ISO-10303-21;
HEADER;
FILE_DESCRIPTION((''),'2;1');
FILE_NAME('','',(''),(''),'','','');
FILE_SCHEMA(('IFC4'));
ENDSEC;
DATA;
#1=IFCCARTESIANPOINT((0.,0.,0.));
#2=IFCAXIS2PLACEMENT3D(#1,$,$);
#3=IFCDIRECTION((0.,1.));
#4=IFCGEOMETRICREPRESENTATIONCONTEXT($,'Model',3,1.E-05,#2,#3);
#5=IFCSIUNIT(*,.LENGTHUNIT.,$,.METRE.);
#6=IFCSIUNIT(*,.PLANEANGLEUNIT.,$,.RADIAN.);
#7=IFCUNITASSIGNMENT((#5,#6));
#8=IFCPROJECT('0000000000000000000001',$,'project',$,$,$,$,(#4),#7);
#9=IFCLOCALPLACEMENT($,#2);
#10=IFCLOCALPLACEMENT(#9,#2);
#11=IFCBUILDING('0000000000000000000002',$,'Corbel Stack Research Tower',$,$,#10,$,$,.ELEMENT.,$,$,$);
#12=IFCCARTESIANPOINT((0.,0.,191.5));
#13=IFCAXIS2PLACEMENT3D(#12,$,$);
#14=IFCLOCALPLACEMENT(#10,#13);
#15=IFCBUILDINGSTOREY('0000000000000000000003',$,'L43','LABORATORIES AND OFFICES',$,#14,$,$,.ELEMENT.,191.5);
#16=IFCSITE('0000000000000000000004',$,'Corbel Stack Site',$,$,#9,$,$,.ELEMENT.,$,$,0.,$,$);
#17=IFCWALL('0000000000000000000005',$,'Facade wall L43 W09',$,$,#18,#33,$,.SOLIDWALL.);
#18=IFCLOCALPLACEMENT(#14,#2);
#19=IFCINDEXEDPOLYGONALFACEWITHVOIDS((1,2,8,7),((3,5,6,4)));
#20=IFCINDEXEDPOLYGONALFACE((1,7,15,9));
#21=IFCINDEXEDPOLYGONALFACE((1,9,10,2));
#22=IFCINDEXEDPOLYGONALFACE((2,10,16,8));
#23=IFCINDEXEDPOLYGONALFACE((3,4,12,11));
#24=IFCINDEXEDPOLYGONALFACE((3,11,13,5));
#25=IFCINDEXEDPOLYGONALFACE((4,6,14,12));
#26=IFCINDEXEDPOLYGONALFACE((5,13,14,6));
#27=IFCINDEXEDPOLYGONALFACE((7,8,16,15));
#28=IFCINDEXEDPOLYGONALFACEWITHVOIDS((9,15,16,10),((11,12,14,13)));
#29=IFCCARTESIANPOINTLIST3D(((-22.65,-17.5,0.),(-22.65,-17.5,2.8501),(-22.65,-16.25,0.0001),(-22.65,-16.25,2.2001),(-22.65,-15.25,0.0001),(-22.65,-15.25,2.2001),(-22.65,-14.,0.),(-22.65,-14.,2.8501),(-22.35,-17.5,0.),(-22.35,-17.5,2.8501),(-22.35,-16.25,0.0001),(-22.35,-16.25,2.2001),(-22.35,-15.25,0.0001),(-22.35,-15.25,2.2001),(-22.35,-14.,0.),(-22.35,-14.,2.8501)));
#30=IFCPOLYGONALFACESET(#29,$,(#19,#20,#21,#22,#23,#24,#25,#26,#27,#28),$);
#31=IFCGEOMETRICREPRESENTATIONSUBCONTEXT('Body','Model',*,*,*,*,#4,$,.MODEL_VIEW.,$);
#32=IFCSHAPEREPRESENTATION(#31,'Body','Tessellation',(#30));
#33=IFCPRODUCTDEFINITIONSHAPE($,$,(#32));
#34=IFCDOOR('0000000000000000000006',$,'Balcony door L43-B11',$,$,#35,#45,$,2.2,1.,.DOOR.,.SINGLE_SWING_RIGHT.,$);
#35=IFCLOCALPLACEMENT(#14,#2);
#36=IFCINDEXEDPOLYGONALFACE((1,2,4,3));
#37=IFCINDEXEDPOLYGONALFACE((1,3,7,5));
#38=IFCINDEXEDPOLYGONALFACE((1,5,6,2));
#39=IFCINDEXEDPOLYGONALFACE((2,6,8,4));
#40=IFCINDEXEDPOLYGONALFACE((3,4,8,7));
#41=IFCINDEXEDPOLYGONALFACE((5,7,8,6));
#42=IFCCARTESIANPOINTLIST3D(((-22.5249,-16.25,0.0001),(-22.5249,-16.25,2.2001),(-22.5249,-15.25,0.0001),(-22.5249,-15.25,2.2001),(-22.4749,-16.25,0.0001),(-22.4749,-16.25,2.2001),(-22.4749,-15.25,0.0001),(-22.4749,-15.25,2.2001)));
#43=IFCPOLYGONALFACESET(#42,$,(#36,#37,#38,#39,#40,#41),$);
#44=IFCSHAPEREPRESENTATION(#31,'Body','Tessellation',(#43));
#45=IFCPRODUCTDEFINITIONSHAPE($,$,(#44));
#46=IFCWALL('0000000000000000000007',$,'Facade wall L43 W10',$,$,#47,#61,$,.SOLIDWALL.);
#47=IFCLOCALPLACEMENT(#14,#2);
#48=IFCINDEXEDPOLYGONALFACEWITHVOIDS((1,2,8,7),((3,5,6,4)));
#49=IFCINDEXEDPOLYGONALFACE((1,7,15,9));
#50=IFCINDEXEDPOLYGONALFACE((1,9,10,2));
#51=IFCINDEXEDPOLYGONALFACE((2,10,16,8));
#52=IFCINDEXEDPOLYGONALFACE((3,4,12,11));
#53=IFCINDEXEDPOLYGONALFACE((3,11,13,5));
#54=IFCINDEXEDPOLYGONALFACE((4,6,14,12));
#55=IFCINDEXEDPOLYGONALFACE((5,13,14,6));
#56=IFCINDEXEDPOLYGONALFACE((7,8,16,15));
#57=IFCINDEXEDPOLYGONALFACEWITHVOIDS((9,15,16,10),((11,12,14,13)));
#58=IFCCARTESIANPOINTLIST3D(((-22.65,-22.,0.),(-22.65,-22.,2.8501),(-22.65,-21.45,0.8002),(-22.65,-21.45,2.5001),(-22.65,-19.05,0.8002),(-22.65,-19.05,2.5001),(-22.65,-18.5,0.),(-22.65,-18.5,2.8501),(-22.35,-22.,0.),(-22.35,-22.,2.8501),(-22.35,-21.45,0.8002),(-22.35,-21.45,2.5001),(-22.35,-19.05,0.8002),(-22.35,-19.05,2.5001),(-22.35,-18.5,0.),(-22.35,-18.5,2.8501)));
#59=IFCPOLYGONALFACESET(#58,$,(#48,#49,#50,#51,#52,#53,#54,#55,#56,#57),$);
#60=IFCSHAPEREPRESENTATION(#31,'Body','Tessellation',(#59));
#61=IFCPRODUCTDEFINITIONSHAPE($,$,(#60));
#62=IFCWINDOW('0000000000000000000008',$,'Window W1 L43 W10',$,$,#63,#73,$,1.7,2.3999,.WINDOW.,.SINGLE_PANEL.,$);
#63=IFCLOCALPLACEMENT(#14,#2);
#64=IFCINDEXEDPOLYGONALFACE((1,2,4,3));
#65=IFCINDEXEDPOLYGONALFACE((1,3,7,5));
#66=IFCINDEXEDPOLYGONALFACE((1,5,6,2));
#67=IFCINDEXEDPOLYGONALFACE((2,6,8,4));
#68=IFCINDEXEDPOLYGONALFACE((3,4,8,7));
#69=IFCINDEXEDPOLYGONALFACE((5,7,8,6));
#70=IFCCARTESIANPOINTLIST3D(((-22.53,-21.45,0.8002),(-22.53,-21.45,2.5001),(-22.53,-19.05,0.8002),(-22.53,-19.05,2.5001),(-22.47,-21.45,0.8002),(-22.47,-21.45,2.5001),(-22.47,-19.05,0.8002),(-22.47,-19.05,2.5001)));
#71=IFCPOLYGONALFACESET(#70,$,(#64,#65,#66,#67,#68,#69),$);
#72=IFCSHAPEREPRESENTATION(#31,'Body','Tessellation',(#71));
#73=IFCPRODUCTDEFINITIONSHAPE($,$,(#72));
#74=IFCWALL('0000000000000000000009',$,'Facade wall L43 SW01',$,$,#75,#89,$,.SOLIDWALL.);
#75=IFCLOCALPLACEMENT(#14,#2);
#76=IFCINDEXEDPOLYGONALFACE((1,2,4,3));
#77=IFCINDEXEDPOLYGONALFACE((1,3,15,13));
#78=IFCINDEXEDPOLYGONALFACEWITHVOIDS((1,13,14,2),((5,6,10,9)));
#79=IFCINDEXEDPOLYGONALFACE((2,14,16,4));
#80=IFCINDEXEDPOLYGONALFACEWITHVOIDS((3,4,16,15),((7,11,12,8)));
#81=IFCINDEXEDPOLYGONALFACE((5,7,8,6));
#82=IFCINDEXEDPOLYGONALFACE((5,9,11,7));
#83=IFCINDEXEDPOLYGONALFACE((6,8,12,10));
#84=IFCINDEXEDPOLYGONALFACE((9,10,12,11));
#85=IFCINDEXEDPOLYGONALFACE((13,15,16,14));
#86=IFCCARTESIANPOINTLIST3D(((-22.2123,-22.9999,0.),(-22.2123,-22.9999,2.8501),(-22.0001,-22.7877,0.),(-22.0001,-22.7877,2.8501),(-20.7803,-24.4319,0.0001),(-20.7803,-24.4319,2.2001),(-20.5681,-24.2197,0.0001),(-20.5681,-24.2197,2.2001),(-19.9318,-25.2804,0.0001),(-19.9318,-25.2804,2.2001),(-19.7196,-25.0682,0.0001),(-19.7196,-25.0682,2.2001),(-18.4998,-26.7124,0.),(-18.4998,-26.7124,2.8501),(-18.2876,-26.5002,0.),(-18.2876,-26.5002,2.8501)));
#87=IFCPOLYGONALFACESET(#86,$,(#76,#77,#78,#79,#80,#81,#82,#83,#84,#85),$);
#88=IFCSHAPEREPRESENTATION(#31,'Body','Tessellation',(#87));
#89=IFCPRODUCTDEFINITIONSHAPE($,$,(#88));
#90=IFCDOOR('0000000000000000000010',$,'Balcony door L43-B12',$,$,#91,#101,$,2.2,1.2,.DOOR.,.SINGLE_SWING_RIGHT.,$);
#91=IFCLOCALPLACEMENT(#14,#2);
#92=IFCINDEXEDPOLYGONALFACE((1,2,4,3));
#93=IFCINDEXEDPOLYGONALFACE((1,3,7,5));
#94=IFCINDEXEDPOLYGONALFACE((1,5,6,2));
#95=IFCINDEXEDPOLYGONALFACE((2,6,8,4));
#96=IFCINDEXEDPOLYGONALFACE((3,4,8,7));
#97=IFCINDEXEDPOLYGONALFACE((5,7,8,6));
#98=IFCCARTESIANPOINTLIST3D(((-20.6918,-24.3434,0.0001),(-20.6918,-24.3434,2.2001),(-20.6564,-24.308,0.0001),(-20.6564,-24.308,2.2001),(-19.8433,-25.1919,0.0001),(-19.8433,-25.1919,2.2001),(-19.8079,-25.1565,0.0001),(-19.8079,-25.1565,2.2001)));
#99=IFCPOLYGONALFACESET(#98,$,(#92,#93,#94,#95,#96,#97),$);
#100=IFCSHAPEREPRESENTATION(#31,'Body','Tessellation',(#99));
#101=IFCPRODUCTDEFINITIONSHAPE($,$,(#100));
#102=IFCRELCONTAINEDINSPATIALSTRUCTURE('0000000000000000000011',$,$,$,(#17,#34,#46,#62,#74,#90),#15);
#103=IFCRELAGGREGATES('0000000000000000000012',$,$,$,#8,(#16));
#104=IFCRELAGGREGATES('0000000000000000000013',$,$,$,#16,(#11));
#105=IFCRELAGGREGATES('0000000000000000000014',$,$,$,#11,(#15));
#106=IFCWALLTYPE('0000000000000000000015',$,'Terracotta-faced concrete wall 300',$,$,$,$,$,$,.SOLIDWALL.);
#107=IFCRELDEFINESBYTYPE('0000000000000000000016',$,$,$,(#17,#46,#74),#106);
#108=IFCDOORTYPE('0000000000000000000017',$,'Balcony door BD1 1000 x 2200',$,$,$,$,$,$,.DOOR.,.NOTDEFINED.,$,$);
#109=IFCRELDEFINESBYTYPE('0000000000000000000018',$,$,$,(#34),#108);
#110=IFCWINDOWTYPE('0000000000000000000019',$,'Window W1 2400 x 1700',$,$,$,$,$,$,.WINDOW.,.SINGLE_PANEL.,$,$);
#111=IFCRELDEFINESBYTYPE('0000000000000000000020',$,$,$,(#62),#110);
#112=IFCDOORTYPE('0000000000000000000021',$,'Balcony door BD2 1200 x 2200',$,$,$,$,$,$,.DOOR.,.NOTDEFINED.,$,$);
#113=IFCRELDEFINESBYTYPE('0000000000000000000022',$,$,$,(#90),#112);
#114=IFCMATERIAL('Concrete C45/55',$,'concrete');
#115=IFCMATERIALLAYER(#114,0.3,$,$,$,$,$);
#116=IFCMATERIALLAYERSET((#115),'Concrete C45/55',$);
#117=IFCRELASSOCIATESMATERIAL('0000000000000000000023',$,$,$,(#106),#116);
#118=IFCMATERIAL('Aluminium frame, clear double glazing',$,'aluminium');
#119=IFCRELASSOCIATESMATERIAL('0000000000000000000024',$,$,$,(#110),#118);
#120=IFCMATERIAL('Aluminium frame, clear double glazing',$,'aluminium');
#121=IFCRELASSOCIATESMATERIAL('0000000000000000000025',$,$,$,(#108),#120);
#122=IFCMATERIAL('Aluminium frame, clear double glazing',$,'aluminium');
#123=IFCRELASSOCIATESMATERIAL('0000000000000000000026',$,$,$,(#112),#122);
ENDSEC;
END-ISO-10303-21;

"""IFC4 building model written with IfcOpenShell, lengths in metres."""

from ifc_helpers import new_model, si_unit, direction, frame, frame_2d, origin, place, context, subcontext, project, spatial, rectangle, extrude, material, layer, layer_set, type_object, element, fill, save


model = new_model("IFC4")

# Units and contexts
model_context = context("Model", 3, precision=1e-05, world=origin(), true_north=direction((0.0, 1.0)))
body_context = subcontext(model_context, "Body", "Model", "MODEL_VIEW")
ifc_project = project(units=[si_unit("LENGTHUNIT", "METRE"), si_unit("PLANEANGLEUNIT", "RADIAN")], contexts=[model_context])

# Site, building, storey
site_placement = place(None, origin())
site = spatial("IfcSite", under=ifc_project, at=site_placement, Name="Corbel Stack Site", CompositionType="ELEMENT", RefElevation=0.0)
building_placement = place(site_placement, origin())
building = spatial("IfcBuilding", under=site, at=building_placement, Name="Corbel Stack Research Tower", CompositionType="ELEMENT")
storey_placement = place(building_placement, frame((0.0, 0.0, 191.5)))
storey = spatial("IfcBuildingStorey", under=building, at=storey_placement, Name="L43", Description="LABORATORIES AND OFFICES", CompositionType="ELEMENT", Elevation=191.5)

# Shared definitions
ifc_material_1 = material(Name="Concrete C45/55", Category="concrete")
ifc_layer_1 = layer(ifc_material_1, 0.3)
ifc_layer_set_1 = layer_set([ifc_layer_1], Name="Concrete C45/55")
wall_type = type_object("IfcWallType", Name="Terracotta-faced concrete wall 300", PredefinedType="SOLIDWALL", material=ifc_layer_set_1)
ifc_material_2 = material(Name="Aluminium frame, clear double glazing", Category="aluminium")
window_type = type_object("IfcWindowType", Name="Window W1 2400 x 1700", PartitioningType="SINGLE_PANEL", PredefinedType="WINDOW", material=ifc_material_2)

# Wall, opening, door
wall_1_placement = place(storey_placement, frame((-22.5, -17.5, 0.0), z_axis=(0.0, 0.0, 1.0), x_axis=(0.0, 1.0, 0.0)))
wall_1 = element("IfcWall", 1, at=wall_1_placement, inside=storey, type_object=wall_type, Name="Facade wall L43 W09", PredefinedType="SOLIDWALL", context=body_context, shape_type="SweptSolid", body=[
    extrude(rectangle(XDim=3.5, YDim=0.3, at=frame_2d((1.75, 0.0))), origin(), (0.0, 0.0, 1.0), 2.8501),
])
opening_1_placement = place(wall_1_placement, frame((1.25, 0.0, 0.0)))
opening_1 = element("IfcOpeningElement", 2, at=opening_1_placement, cuts=wall_1, PredefinedType="OPENING", context=body_context, shape_type="SweptSolid", body=[
    extrude(rectangle(XDim=1.0, YDim=2.2, at=frame_2d((0.5, 1.1001))), frame((0.0, 0.1599, 0.0), z_axis=(0.0, -1.0, 0.0), x_axis=(1.0, 0.0, 0.0)), (0.0, 0.0, 1.0), 0.3201),
])
ifc_material_3 = material(Name="Aluminium frame, clear double glazing", Category="aluminium")
door_type_1 = type_object("IfcDoorType", Name="Balcony door BD1 1000 x 2200", OperationType="NOTDEFINED", PredefinedType="DOOR", material=ifc_material_3)
door_1_placement = place(opening_1_placement, origin())
door_1 = element("IfcDoor", 3, at=door_1_placement, inside=storey, type_object=door_type_1, Name="Balcony door L43-B11", OperationType="SINGLE_SWING_RIGHT", OverallHeight=2.2, OverallWidth=1.0, PredefinedType="DOOR", context=body_context, shape_type="SweptSolid", body=[
    extrude(rectangle(XDim=1.0, YDim=2.2, at=frame_2d((0.5, 1.1001))), frame((0.0, 0.0249, 0.0), z_axis=(0.0, -1.0, 0.0), x_axis=(1.0, 0.0, 0.0)), (0.0, 0.0, 1.0), 0.05),
])
fill(opening_1, door_1)

# Wall, opening, window
wall_2_placement = place(storey_placement, frame((-22.5, -22.0, 0.0), z_axis=(0.0, 0.0, 1.0), x_axis=(0.0, 1.0, 0.0)))
wall_2 = element("IfcWall", 4, at=wall_2_placement, inside=storey, type_object=wall_type, Name="Facade wall L43 W10", PredefinedType="SOLIDWALL", context=body_context, shape_type="SweptSolid", body=[
    extrude(rectangle(XDim=3.5, YDim=0.3, at=frame_2d((1.75, 0.0))), origin(), (0.0, 0.0, 1.0), 2.8501),
])
opening_2_placement = place(wall_2_placement, frame((0.55, 0.0, 0.8)))
opening_2 = element("IfcOpeningElement", 5, at=opening_2_placement, cuts=wall_2, PredefinedType="OPENING", context=body_context, shape_type="SweptSolid", body=[
    extrude(rectangle(XDim=2.3999, YDim=1.7, at=frame_2d((1.2, 0.8501))), frame((0.0, 0.1599, 0.0), z_axis=(0.0, -1.0, 0.0), x_axis=(1.0, 0.0, 0.0)), (0.0, 0.0, 1.0), 0.3201),
])
window_1_placement = place(opening_2_placement, origin())
window_1 = element("IfcWindow", 6, at=window_1_placement, inside=storey, type_object=window_type, Name="Window W1 L43 W10", OverallHeight=1.7, OverallWidth=2.3999, PartitioningType="SINGLE_PANEL", PredefinedType="WINDOW", context=body_context, shape_type="SweptSolid", body=[
    extrude(rectangle(XDim=2.3999, YDim=1.7, at=frame_2d((1.2, 0.8501))), frame((0.0, 0.03, 0.0), z_axis=(0.0, -1.0, 0.0), x_axis=(1.0, 0.0, 0.0)), (0.0, 0.0, 1.0), 0.0601),
])
fill(opening_2, window_1)

# Wall, opening, door
wall_3_placement = place(storey_placement, frame((-18.3938, -26.6062, 0.0), z_axis=(0.0, 0.0, 1.0), x_axis=(-0.707107, 0.707107, 0.0)))
wall_3 = element("IfcWall", 7, at=wall_3_placement, inside=storey, type_object=wall_type, Name="Facade wall L43 SW01", PredefinedType="SOLIDWALL", context=body_context, shape_type="SweptSolid", body=[
    extrude(rectangle(XDim=5.2502, YDim=0.3, at=frame_2d((2.625, 0.0))), origin(), (0.0, 0.0, 1.0), 2.8501),
])
opening_3_placement = place(wall_3_placement, frame((2.0249, 0.0, 0.0)))
opening_3 = element("IfcOpeningElement", 8, at=opening_3_placement, cuts=wall_3, PredefinedType="OPENING", context=body_context, shape_type="SweptSolid", body=[
    extrude(rectangle(XDim=1.2, YDim=2.2, at=frame_2d((0.6001, 1.1001))), frame((0.0, 0.1599, 0.0), z_axis=(0.0, -1.0, 0.0), x_axis=(1.0, 0.0, 0.0)), (0.0, 0.0, 1.0), 0.3201),
])
ifc_material_4 = material(Name="Aluminium frame, clear double glazing", Category="aluminium")
door_type_2 = type_object("IfcDoorType", Name="Balcony door BD2 1200 x 2200", OperationType="NOTDEFINED", PredefinedType="DOOR", material=ifc_material_4)
door_2_placement = place(opening_3_placement, origin())
door_2 = element("IfcDoor", 9, at=door_2_placement, inside=storey, type_object=door_type_2, Name="Balcony door L43-B12", OperationType="SINGLE_SWING_RIGHT", OverallHeight=2.2, OverallWidth=1.2, PredefinedType="DOOR", context=body_context, shape_type="SweptSolid", body=[
    extrude(rectangle(XDim=1.2, YDim=2.2, at=frame_2d((0.6001, 1.1001))), frame((0.0, 0.0249, 0.0), z_axis=(0.0, -1.0, 0.0), x_axis=(1.0, 0.0, 0.0)), (0.0, 0.0, 1.0), 0.05),
])
fill(opening_3, door_2)

save(model, "model.ifc")
